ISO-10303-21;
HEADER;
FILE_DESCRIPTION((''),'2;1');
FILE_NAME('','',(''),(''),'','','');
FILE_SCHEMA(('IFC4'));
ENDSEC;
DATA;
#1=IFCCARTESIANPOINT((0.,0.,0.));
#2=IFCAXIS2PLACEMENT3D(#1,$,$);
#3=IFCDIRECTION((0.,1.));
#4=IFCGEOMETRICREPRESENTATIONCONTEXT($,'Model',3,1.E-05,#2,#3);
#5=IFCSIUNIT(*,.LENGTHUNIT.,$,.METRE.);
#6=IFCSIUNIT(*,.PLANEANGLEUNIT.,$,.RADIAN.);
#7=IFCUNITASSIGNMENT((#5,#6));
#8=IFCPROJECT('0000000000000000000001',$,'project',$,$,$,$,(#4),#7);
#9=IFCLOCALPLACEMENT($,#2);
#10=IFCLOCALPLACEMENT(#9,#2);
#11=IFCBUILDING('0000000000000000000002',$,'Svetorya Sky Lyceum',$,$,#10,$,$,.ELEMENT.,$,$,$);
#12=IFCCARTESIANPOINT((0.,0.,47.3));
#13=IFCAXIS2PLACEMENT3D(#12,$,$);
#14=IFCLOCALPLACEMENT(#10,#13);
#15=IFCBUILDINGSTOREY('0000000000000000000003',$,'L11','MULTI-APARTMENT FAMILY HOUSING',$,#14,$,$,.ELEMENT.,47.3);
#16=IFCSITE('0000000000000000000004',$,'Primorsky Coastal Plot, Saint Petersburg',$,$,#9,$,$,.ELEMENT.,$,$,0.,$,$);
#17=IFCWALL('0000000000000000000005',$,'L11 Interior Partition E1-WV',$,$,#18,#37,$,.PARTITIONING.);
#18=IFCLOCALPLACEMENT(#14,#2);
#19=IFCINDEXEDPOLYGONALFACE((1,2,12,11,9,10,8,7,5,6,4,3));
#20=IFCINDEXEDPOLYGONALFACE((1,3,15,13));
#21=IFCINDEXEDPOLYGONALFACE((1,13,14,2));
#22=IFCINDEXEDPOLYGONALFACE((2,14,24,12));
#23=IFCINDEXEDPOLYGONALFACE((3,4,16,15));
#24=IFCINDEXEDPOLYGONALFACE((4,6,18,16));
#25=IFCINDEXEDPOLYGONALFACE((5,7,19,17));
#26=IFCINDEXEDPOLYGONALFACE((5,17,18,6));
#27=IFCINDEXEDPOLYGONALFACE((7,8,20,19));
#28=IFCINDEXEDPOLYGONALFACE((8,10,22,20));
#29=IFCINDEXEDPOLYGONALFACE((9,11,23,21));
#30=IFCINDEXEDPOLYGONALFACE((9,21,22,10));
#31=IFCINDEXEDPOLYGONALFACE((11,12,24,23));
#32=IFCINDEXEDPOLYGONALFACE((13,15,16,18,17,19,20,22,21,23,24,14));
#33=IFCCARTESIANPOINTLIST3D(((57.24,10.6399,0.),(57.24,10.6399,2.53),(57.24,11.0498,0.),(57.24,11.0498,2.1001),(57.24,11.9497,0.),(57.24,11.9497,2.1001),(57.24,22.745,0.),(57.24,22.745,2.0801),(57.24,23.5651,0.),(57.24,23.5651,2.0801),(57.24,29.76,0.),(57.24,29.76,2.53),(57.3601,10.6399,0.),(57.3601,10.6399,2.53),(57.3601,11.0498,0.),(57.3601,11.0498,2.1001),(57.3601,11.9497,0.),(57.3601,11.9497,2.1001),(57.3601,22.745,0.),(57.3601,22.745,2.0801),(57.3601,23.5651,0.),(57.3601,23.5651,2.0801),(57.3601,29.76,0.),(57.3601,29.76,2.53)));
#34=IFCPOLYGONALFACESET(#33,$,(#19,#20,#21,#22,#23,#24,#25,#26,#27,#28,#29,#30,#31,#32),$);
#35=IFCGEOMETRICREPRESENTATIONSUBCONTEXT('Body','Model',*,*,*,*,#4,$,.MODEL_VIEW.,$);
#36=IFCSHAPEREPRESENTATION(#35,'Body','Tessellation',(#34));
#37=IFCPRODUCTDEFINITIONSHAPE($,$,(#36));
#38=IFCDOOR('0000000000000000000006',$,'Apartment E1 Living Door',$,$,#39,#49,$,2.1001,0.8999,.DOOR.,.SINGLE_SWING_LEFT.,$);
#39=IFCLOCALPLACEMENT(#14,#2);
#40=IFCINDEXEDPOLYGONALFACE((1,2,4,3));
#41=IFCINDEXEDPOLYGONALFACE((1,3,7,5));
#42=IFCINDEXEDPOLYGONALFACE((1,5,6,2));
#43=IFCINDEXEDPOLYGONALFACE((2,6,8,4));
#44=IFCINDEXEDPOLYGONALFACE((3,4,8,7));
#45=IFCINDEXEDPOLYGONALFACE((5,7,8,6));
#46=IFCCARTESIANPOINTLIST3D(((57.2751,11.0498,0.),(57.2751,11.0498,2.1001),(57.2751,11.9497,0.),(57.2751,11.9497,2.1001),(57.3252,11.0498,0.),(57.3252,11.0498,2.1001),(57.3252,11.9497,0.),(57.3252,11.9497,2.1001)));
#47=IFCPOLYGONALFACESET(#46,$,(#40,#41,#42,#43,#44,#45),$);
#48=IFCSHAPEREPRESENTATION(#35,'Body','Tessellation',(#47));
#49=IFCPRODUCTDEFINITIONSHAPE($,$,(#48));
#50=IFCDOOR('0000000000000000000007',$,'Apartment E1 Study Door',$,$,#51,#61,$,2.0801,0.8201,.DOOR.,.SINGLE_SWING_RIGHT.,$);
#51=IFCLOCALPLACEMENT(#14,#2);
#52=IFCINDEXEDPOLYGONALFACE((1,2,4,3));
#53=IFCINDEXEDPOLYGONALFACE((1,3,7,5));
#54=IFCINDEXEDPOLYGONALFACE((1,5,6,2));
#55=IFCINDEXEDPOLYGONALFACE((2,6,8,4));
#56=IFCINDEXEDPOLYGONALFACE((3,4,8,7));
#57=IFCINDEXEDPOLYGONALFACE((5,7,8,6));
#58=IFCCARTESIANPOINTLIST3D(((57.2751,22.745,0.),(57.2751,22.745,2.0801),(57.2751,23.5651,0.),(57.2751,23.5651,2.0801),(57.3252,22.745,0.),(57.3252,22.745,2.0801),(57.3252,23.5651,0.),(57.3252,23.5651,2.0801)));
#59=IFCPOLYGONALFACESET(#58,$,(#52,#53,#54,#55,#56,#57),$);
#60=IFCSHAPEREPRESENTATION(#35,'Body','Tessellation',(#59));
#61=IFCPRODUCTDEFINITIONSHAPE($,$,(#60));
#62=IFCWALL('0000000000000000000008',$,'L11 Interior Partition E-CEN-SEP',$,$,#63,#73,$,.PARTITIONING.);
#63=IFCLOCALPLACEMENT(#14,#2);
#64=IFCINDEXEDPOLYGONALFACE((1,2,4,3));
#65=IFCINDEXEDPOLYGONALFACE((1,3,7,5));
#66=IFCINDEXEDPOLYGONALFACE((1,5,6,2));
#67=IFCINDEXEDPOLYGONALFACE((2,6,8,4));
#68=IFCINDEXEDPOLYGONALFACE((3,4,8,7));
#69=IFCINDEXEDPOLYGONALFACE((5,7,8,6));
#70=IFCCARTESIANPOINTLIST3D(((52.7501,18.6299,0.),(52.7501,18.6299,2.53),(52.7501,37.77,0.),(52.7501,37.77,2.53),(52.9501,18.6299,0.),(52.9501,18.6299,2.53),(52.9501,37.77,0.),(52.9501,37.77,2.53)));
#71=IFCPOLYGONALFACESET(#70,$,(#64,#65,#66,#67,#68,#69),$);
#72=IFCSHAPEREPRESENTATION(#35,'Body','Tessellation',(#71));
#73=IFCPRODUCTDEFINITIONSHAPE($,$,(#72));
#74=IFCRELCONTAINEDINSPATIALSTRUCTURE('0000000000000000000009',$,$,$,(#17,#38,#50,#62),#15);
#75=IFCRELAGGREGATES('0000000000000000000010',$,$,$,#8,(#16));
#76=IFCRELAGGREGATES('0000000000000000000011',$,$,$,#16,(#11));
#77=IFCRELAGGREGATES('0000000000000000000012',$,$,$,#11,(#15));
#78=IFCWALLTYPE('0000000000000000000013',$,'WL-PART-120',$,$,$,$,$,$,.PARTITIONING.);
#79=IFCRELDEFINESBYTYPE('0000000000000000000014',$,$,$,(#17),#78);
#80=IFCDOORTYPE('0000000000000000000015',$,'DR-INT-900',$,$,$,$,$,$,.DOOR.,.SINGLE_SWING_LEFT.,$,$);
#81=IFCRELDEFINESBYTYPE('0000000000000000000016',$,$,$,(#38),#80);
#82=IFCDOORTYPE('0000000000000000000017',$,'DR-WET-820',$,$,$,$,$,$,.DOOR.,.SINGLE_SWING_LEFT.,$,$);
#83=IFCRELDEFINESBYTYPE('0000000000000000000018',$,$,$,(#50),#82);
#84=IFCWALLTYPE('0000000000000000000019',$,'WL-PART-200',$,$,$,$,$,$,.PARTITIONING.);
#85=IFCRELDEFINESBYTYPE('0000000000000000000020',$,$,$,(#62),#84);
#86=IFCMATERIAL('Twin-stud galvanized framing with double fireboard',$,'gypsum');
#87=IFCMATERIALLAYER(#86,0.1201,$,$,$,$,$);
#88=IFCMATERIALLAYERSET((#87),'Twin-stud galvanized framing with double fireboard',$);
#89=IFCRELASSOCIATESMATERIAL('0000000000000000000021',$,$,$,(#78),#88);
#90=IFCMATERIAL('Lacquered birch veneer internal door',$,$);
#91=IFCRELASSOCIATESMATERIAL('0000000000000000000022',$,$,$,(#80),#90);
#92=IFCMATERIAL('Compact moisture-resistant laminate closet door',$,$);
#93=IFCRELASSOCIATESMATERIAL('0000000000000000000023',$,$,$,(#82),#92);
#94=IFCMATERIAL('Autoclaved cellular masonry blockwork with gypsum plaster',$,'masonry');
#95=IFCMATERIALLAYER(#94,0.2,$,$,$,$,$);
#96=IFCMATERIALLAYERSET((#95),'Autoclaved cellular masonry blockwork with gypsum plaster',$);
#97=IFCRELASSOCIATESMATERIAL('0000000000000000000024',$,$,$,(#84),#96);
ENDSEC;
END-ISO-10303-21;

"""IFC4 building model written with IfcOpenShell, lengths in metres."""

from ifc_helpers import new_model, si_unit, direction, frame, frame_2d, origin, place, context, subcontext, project, spatial, rectangle, extrude, material, layer, layer_set, type_object, element, fill, save


model = new_model("IFC4")

# Units and contexts
model_context = context("Model", 3, precision=1e-05, world=origin(), true_north=direction((0.0, 1.0)))
body_context = subcontext(model_context, "Body", "Model", "MODEL_VIEW")
ifc_project = project(units=[si_unit("LENGTHUNIT", "METRE"), si_unit("PLANEANGLEUNIT", "RADIAN")], contexts=[model_context])

# Site, building, storey
site_placement = place(None, origin())
site = spatial("IfcSite", under=ifc_project, at=site_placement, Name="Primorsky Coastal Plot, Saint Petersburg", CompositionType="ELEMENT", RefElevation=0.0)
building_placement = place(site_placement, origin())
building = spatial("IfcBuilding", under=site, at=building_placement, Name="Svetorya Sky Lyceum", CompositionType="ELEMENT")
storey_placement = place(building_placement, frame((0.0, 0.0, 47.3)))
storey = spatial("IfcBuildingStorey", under=building, at=storey_placement, Name="L11", Description="MULTI-APARTMENT FAMILY HOUSING", CompositionType="ELEMENT", Elevation=47.3)

# Shared definitions
ifc_material_1 = material(Name="Twin-stud galvanized framing with double fireboard", Category="gypsum")
ifc_layer_1 = layer(ifc_material_1, 0.1201)
ifc_layer_set_1 = layer_set([ifc_layer_1], Name="Twin-stud galvanized framing with double fireboard")
wall_type_1 = type_object("IfcWallType", Name="WL-PART-120", PredefinedType="PARTITIONING", material=ifc_layer_set_1)
ifc_material_2 = material(Name="Lacquered birch veneer internal door")
door_type_1 = type_object("IfcDoorType", Name="DR-INT-900", OperationType="SINGLE_SWING_LEFT", PredefinedType="DOOR", material=ifc_material_2)

# Wall, openings, doors
wall_1_placement = place(storey_placement, frame((57.3, 10.6399, 0.0), z_axis=(0.0, 0.0, 1.0), x_axis=(0.0, 1.0, 0.0)))
wall_1 = element("IfcWall", 1, at=wall_1_placement, inside=storey, type_object=wall_type_1, Name="L11 Interior Partition E1-WV", PredefinedType="PARTITIONING", context=body_context, shape_type="SweptSolid", body=[
    extrude(rectangle(XDim=19.1201, YDim=0.1201, at=frame_2d((9.5601, 0.0))), origin(), (0.0, 0.0, 1.0), 2.53),
])
opening_1_placement = place(wall_1_placement, frame((0.4099, 0.0, 0.0)))
opening_1 = element("IfcOpeningElement", 2, at=opening_1_placement, cuts=wall_1, PredefinedType="OPENING", context=body_context, shape_type="SweptSolid", body=[
    extrude(rectangle(XDim=0.8999, YDim=2.1001, at=frame_2d((0.45, 1.05))), frame((0.0, 0.0701, 0.0), z_axis=(0.0, -1.0, 0.0), x_axis=(1.0, 0.0, 0.0)), (0.0, 0.0, 1.0), 0.1401),
])
opening_2_placement = place(wall_1_placement, frame((12.105, 0.0, 0.0)))
opening_2 = element("IfcOpeningElement", 3, at=opening_2_placement, cuts=wall_1, PredefinedType="OPENING", context=body_context, shape_type="SweptSolid", body=[
    extrude(rectangle(XDim=0.8201, YDim=2.0801, at=frame_2d((0.4102, 1.04))), frame((0.0, 0.0701, 0.0), z_axis=(0.0, -1.0, 0.0), x_axis=(1.0, 0.0, 0.0)), (0.0, 0.0, 1.0), 0.1401),
])
door_1_placement = place(opening_1_placement, origin())
door_1 = element("IfcDoor", 4, at=door_1_placement, inside=storey, type_object=door_type_1, Name="Apartment E1 Living Door", OperationType="SINGLE_SWING_LEFT", OverallHeight=2.1001, OverallWidth=0.8999, PredefinedType="DOOR", context=body_context, shape_type="SweptSolid", body=[
    extrude(rectangle(XDim=0.8999, YDim=2.1001, at=frame_2d((0.45, 1.05))), frame((0.0, 0.0249, 0.0), z_axis=(0.0, -1.0, 0.0), x_axis=(1.0, 0.0, 0.0)), (0.0, 0.0, 1.0), 0.05),
])
fill(opening_1, door_1)
ifc_material_3 = material(Name="Compact moisture-resistant laminate closet door")
door_type_2 = type_object("IfcDoorType", Name="DR-WET-820", OperationType="SINGLE_SWING_LEFT", PredefinedType="DOOR", material=ifc_material_3)
door_2_placement = place(opening_2_placement, origin())
door_2 = element("IfcDoor", 5, at=door_2_placement, inside=storey, type_object=door_type_2, Name="Apartment E1 Study Door", OperationType="SINGLE_SWING_RIGHT", OverallHeight=2.0801, OverallWidth=0.8201, PredefinedType="DOOR", context=body_context, shape_type="SweptSolid", body=[
    extrude(rectangle(XDim=0.8201, YDim=2.0801, at=frame_2d((0.4102, 1.04))), frame((0.0, 0.0249, 0.0), z_axis=(0.0, -1.0, 0.0), x_axis=(1.0, 0.0, 0.0)), (0.0, 0.0, 1.0), 0.05),
])
fill(opening_2, door_2)

# Wall
ifc_material_4 = material(Name="Autoclaved cellular masonry blockwork with gypsum plaster", Category="masonry")
ifc_layer_2 = layer(ifc_material_4, 0.2)
ifc_layer_set_2 = layer_set([ifc_layer_2], Name="Autoclaved cellular masonry blockwork with gypsum plaster")
wall_type_2 = type_object("IfcWallType", Name="WL-PART-200", PredefinedType="PARTITIONING", material=ifc_layer_set_2)
wall_2_placement = place(storey_placement, frame((52.8501, 18.6299, 0.0), z_axis=(0.0, 0.0, 1.0), x_axis=(0.0, 1.0, 0.0)))
element("IfcWall", 6, at=wall_2_placement, inside=storey, type_object=wall_type_2, Name="L11 Interior Partition E-CEN-SEP", PredefinedType="PARTITIONING", context=body_context, shape_type="SweptSolid", body=[
    extrude(rectangle(XDim=19.1401, YDim=0.2, at=frame_2d((9.5701, 0.0))), origin(), (0.0, 0.0, 1.0), 2.53),
])

save(model, "model.ifc")
